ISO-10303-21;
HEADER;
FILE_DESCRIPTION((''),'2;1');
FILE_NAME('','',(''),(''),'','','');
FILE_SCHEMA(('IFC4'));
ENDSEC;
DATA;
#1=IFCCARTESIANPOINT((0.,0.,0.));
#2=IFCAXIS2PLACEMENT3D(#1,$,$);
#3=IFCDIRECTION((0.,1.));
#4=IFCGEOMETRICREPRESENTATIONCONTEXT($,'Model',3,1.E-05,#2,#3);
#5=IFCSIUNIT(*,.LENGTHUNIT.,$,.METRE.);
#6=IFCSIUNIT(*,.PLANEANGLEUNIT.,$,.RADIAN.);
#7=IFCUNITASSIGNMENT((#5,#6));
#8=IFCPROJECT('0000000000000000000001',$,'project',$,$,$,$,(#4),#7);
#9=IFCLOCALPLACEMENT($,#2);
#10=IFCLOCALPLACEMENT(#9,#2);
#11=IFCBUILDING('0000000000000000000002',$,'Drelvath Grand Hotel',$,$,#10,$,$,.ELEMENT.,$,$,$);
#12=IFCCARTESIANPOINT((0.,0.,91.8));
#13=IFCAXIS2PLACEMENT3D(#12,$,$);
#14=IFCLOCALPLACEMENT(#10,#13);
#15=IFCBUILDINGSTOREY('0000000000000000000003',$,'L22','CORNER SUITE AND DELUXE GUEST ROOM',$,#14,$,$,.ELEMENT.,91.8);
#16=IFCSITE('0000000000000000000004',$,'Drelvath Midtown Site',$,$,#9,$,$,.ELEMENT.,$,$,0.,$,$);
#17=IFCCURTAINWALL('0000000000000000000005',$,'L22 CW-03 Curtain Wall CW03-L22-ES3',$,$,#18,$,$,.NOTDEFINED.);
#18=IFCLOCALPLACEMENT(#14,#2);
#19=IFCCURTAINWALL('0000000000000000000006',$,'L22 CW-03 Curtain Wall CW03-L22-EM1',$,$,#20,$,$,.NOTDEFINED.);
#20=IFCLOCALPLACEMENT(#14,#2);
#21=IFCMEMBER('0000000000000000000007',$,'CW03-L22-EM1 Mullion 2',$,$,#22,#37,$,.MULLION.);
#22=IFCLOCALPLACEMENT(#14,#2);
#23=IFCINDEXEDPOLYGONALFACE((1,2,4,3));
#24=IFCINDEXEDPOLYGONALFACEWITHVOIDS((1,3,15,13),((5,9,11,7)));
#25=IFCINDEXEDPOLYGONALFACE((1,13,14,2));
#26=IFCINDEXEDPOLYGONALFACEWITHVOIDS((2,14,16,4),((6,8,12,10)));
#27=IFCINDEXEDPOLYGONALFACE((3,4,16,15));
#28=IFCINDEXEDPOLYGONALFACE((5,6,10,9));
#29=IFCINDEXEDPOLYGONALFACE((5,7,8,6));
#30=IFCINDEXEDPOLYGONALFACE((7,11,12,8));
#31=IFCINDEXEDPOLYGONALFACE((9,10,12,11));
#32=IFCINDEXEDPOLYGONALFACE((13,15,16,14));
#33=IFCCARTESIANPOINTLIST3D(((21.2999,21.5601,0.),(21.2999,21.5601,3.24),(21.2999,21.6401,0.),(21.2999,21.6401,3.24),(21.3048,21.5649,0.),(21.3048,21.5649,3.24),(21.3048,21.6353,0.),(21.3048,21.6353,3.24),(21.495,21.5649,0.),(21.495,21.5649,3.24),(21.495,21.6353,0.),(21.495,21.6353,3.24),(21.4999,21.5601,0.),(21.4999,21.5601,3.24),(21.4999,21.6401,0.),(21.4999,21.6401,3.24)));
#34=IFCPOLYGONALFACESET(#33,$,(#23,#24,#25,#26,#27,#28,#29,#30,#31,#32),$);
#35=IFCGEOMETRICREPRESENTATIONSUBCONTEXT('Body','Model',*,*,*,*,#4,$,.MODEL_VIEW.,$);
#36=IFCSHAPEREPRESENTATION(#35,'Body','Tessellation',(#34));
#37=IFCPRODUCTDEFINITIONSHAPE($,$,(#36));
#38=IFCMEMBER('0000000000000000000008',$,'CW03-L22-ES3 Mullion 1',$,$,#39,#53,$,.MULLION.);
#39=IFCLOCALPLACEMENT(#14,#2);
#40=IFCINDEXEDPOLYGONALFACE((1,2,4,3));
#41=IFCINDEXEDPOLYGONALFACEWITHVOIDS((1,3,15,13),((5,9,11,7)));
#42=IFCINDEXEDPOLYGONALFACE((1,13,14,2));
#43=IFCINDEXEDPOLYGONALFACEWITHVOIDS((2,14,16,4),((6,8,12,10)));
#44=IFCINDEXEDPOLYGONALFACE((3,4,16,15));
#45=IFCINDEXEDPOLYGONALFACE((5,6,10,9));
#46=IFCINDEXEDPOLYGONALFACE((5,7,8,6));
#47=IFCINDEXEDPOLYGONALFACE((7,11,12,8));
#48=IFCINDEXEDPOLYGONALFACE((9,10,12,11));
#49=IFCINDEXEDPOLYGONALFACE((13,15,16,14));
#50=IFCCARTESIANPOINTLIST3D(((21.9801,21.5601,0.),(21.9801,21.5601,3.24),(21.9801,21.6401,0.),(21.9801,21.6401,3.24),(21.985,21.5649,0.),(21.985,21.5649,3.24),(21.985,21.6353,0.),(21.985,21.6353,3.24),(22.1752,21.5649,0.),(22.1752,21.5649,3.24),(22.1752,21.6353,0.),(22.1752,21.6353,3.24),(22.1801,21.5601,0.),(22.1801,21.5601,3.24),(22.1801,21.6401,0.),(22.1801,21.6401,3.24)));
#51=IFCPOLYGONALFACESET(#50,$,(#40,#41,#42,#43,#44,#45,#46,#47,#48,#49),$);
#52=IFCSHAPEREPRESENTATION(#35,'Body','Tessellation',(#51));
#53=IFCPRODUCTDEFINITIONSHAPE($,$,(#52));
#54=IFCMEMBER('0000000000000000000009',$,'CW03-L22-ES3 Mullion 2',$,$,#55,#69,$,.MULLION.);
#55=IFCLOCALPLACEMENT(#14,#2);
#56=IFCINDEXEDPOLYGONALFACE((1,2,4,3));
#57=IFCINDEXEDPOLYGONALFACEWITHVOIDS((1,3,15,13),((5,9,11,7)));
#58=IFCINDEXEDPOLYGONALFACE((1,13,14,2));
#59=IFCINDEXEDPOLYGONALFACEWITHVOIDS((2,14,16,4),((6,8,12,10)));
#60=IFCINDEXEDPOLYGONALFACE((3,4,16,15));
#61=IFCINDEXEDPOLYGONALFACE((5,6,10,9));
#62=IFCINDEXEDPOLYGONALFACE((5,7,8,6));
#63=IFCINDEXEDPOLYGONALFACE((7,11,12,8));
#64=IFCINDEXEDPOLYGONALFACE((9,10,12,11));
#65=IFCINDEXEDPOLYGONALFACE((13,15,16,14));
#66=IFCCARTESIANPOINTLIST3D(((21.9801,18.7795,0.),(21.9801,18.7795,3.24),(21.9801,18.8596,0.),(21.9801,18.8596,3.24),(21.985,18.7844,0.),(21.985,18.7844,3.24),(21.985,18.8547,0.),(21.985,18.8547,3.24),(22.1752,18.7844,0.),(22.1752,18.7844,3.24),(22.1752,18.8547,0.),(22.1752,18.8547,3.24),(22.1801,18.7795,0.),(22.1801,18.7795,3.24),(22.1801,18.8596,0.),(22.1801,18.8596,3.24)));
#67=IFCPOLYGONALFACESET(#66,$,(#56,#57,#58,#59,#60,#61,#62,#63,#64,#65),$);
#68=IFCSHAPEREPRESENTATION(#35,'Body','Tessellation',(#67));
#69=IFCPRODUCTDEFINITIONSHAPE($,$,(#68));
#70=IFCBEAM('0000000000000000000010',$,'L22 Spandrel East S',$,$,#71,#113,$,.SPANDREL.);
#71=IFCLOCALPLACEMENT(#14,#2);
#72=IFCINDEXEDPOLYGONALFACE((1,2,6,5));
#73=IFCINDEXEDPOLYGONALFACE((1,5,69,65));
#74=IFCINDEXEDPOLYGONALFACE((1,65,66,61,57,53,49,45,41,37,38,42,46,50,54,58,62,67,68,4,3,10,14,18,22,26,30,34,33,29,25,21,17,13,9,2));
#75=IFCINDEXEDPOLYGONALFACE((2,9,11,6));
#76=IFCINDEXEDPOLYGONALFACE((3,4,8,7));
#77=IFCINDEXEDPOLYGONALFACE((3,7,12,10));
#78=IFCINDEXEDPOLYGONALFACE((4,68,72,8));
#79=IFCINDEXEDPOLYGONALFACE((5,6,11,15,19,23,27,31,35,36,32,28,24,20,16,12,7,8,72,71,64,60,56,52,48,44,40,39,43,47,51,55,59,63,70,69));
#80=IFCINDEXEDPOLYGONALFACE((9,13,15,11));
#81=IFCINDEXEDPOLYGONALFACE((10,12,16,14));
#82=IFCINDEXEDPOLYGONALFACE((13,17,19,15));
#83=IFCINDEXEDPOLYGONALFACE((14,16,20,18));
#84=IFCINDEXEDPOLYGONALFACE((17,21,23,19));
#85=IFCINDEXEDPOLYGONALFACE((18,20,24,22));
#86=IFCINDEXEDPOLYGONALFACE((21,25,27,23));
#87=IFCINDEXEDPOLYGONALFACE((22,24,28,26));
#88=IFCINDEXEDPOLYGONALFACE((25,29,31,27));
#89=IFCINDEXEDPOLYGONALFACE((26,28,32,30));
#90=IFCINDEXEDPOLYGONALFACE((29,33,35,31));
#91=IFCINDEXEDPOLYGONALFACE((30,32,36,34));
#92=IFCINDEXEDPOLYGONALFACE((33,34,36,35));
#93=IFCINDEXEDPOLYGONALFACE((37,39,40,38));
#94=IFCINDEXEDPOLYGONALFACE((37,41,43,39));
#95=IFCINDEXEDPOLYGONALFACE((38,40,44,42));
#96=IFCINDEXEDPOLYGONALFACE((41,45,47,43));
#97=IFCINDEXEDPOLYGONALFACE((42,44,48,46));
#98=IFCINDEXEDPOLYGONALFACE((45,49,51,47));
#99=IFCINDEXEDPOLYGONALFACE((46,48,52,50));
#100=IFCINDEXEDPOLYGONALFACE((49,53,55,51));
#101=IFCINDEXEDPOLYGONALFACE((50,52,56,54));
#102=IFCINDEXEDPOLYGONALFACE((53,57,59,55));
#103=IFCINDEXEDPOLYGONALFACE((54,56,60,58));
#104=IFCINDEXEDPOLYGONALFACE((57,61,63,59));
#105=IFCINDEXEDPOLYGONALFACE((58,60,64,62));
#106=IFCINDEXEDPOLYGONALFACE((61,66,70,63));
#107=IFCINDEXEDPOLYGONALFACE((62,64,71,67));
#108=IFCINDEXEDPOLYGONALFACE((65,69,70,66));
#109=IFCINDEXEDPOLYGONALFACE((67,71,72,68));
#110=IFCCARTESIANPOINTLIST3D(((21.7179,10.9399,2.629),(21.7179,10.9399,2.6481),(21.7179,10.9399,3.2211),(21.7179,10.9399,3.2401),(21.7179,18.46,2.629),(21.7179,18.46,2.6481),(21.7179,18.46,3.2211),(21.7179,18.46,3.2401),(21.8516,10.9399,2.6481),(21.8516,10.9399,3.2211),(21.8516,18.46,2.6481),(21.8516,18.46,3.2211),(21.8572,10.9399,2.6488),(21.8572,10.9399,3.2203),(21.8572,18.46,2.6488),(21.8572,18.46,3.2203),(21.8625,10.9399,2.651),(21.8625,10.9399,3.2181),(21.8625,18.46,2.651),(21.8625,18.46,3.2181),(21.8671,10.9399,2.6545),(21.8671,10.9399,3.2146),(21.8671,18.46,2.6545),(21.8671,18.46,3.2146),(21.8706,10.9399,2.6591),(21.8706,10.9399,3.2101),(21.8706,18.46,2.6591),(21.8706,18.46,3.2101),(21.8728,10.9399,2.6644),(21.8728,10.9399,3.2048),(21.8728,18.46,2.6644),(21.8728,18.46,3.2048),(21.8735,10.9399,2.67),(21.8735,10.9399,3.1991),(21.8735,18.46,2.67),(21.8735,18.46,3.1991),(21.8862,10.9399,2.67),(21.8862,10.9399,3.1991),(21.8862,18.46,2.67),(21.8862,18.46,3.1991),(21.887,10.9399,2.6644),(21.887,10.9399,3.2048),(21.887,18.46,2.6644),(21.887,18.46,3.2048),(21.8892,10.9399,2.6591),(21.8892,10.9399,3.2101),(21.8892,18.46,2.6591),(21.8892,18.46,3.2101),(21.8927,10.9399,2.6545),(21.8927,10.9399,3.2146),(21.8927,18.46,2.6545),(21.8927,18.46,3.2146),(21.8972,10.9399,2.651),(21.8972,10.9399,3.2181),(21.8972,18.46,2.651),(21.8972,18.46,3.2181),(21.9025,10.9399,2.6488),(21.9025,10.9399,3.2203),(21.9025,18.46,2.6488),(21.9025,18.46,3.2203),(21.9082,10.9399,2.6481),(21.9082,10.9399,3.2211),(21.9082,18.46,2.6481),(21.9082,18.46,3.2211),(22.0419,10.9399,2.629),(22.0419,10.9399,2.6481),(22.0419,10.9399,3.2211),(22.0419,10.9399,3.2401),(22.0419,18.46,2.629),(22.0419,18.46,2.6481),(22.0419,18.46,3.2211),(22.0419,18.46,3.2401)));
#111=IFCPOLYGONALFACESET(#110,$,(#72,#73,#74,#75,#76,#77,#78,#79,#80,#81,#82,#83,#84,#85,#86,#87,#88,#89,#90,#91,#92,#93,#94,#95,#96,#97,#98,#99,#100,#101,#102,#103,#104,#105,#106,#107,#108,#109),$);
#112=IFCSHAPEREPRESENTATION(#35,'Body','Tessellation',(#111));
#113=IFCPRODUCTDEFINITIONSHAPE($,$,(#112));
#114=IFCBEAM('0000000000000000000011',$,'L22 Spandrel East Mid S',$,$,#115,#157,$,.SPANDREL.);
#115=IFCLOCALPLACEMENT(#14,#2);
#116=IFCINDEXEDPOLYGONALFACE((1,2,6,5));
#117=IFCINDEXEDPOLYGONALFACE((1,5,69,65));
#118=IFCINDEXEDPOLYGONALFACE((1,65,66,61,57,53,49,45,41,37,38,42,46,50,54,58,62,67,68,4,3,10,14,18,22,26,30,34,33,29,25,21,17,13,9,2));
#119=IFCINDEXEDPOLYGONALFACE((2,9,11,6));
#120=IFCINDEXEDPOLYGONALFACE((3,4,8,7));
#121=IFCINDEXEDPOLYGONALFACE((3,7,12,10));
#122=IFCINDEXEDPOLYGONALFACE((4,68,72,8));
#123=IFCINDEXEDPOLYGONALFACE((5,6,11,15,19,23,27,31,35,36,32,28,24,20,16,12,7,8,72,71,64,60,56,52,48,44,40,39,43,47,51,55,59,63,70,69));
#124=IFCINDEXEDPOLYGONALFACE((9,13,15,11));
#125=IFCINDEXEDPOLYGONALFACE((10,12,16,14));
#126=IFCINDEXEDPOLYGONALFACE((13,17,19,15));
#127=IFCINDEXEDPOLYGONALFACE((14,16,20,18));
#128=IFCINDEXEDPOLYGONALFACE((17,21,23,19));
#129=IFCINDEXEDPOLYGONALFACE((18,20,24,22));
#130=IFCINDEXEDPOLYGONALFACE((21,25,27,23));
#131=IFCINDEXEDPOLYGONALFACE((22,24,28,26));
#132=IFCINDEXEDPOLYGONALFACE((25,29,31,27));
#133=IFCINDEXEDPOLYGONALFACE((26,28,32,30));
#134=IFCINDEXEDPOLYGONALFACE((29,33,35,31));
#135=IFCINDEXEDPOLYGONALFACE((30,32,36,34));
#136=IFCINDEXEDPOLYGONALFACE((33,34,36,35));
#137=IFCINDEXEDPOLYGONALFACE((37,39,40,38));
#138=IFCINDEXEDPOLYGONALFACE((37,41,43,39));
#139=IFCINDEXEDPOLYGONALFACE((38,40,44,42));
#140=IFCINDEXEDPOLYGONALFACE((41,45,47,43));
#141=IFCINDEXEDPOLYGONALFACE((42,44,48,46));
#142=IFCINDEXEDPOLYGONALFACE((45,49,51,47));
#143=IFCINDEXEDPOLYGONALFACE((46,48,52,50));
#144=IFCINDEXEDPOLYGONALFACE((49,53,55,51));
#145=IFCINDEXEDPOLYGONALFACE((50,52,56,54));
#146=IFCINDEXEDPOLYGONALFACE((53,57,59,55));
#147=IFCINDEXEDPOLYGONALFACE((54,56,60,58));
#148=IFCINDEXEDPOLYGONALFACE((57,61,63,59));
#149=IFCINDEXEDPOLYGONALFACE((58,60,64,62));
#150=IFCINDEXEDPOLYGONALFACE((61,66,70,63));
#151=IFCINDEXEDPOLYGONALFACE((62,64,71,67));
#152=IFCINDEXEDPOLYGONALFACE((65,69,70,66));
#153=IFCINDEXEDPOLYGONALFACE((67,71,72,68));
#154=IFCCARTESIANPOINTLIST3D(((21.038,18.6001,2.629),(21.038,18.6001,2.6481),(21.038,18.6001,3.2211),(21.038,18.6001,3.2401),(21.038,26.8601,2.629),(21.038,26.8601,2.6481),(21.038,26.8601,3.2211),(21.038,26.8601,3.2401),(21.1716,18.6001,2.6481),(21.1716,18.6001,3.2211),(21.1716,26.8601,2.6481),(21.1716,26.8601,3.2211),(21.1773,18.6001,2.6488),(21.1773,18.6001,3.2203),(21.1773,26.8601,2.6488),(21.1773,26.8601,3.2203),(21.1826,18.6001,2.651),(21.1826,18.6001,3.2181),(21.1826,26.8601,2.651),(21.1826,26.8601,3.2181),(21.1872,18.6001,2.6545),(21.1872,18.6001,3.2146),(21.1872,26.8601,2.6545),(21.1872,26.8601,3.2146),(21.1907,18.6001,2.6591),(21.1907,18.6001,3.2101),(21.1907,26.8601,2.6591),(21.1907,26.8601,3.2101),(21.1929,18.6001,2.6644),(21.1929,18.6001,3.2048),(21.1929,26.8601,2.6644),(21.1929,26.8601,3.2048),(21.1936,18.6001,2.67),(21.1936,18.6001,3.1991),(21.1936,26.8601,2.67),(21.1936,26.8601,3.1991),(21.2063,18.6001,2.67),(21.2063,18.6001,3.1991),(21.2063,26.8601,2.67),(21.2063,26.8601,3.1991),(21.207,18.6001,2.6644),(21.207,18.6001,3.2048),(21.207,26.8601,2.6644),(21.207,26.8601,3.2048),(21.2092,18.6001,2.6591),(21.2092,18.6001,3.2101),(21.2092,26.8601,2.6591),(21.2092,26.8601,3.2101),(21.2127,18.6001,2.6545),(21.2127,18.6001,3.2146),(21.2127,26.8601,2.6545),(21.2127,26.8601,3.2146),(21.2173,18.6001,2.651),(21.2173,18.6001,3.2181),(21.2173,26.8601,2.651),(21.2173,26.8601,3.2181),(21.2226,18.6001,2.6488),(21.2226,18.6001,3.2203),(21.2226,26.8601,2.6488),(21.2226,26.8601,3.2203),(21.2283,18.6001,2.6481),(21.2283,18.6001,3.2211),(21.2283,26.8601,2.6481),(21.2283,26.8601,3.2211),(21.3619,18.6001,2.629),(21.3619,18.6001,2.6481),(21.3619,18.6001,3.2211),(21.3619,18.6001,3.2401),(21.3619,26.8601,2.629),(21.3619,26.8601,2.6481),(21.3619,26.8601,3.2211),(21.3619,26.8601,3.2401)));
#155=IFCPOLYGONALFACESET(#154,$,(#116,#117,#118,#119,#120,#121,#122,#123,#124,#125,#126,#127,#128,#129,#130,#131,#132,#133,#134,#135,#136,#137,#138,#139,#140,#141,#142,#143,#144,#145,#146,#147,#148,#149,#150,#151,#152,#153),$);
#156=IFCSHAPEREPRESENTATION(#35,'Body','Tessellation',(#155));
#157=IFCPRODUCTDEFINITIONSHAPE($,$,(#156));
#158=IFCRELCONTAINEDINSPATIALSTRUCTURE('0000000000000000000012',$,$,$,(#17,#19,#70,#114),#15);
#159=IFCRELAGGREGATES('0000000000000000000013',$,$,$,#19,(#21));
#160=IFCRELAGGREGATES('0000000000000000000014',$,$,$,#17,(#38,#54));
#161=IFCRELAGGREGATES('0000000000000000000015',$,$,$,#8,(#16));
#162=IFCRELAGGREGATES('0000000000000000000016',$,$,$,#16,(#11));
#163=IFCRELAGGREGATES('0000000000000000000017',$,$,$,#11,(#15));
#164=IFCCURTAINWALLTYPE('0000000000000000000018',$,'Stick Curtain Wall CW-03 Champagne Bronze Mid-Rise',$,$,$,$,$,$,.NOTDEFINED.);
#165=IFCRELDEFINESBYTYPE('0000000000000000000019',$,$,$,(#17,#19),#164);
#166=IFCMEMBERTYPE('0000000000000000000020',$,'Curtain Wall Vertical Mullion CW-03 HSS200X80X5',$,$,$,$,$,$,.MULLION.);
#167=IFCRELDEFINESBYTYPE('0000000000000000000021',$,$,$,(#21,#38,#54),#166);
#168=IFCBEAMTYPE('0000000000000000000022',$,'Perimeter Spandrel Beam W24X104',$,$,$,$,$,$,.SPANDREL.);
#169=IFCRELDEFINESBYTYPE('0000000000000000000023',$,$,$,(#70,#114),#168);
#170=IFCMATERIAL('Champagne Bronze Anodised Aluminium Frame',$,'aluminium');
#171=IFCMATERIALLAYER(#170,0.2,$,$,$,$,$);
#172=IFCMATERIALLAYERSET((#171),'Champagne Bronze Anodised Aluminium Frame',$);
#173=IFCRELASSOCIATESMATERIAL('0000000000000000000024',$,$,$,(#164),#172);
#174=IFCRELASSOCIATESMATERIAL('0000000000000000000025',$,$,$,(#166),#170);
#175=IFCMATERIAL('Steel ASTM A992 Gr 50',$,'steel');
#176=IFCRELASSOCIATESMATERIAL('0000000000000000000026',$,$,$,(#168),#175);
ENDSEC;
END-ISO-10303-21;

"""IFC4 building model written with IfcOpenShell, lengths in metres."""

from ifc_helpers import new_model, si_unit, direction, frame, origin, origin_2d, place, context, subcontext, project, spatial, hollow_rectangle, i_section, extrude, material, layer, layer_set, material_profile, profile_set, type_object, element, aggregate, save


model = new_model("IFC4")

# Units and contexts
model_context = context("Model", 3, precision=1e-05, world=origin(), true_north=direction((0.0, 1.0)))
body_context = subcontext(model_context, "Body", "Model", "MODEL_VIEW")
ifc_project = project(units=[si_unit("LENGTHUNIT", "METRE"), si_unit("PLANEANGLEUNIT", "RADIAN")], contexts=[model_context])

# Site, building, storey
site_placement = place(None, origin())
site = spatial("IfcSite", under=ifc_project, at=site_placement, Name="Drelvath Midtown Site", CompositionType="ELEMENT", RefElevation=0.0)
building_placement = place(site_placement, origin())
building = spatial("IfcBuilding", under=site, at=building_placement, Name="Drelvath Grand Hotel", CompositionType="ELEMENT")
storey_placement = place(building_placement, frame((0.0, 0.0, 91.8)))
storey = spatial("IfcBuildingStorey", under=building, at=storey_placement, Name="L22", Description="CORNER SUITE AND DELUXE GUEST ROOM", CompositionType="ELEMENT", Elevation=91.8)

# Shared definitions
ifc_material_1 = material(Name="Steel ASTM A992 Gr 50", Category="steel")

# Curtain walls, member
ifc_material_2 = material(Name="Champagne Bronze Anodised Aluminium Frame", Category="aluminium")
ifc_layer_1 = layer(ifc_material_2, 0.2)
ifc_layer_set_1 = layer_set([ifc_layer_1], Name="Champagne Bronze Anodised Aluminium Frame")
curtain_wall_type = type_object("IfcCurtainWallType", Name="Stick Curtain Wall CW-03 Champagne Bronze Mid-Rise", PredefinedType="NOTDEFINED", material=ifc_layer_set_1)
curtain_wall_1_placement = place(storey_placement, origin())
curtain_wall_1 = element("IfcCurtainWall", 1, at=curtain_wall_1_placement, inside=storey, type_object=curtain_wall_type, Name="L22 CW-03 Curtain Wall CW03-L22-ES3", PredefinedType="NOTDEFINED")
curtain_wall_2_placement = place(storey_placement, origin())
curtain_wall_2 = element("IfcCurtainWall", 2, at=curtain_wall_2_placement, inside=storey, type_object=curtain_wall_type, Name="L22 CW-03 Curtain Wall CW03-L22-EM1", PredefinedType="NOTDEFINED")
ifc_material_profile_1 = material_profile(ifc_material_2, hollow_rectangle(XDim=0.0801, YDim=0.2, WallThickness=0.0049, at=origin_2d()), Name="HSS200X80X5")
ifc_profile_set_1 = profile_set([ifc_material_profile_1], Name="Champagne Bronze Anodised Aluminium Frame")
member_type_1 = type_object("IfcMemberType", Name="Curtain Wall Vertical Mullion CW-03 HSS200X80X5", PredefinedType="MULLION", material=ifc_profile_set_1)
member_1_placement = place(storey_placement, frame((21.3999, 21.6001, 0.0), z_axis=(0.0, 0.0, 1.0), x_axis=(0.0, 1.0, 0.0)))
member_1 = element("IfcMember", 3, at=member_1_placement, type_object=member_type_1, Name="CW03-L22-EM1 Mullion 2", PredefinedType="MULLION", context=body_context, shape_type="SweptSolid", body=[
    extrude(hollow_rectangle(XDim=0.0801, YDim=0.2, WallThickness=0.0049, at=origin_2d()), origin(), (0.0, 0.0, 1.0), 3.24),
])

# Members
member_2_placement = place(storey_placement, frame((22.0801, 21.6001, 0.0), z_axis=(0.0, 0.0, 1.0), x_axis=(0.0, 1.0, 0.0)))
member_2 = element("IfcMember", 4, at=member_2_placement, type_object=member_type_1, Name="CW03-L22-ES3 Mullion 1", PredefinedType="MULLION", context=body_context, shape_type="SweptSolid", body=[
    extrude(hollow_rectangle(XDim=0.0801, YDim=0.2, WallThickness=0.0049, at=origin_2d()), origin(), (0.0, 0.0, 1.0), 3.24),
])
member_3_placement = place(storey_placement, frame((22.0801, 18.8196, 0.0), z_axis=(0.0, 0.0, 1.0), x_axis=(0.0, 1.0, 0.0)))
member_3 = element("IfcMember", 5, at=member_3_placement, type_object=member_type_1, Name="CW03-L22-ES3 Mullion 2", PredefinedType="MULLION", context=body_context, shape_type="SweptSolid", body=[
    extrude(hollow_rectangle(XDim=0.0801, YDim=0.2, WallThickness=0.0049, at=origin_2d()), origin(), (0.0, 0.0, 1.0), 3.24),
])

# Beams
ifc_material_profile_2 = material_profile(ifc_material_1, i_section(OverallWidth=0.324, OverallDepth=0.6111, WebThickness=0.0127, FlangeThickness=0.019, FilletRadius=0.022, at=origin_2d()), Name="W24X104")
ifc_profile_set_2 = profile_set([ifc_material_profile_2], Name="Steel ASTM A992 Gr 50")
beam_type_1 = type_object("IfcBeamType", Name="Perimeter Spandrel Beam W24X104", PredefinedType="SPANDREL", material=ifc_profile_set_2)
beam_1_placement = place(storey_placement, frame((21.8799, 10.9399, 2.9346), z_axis=(0.0, 1.0, 0.0), x_axis=(-1.0, 0.0, 0.0)))
element("IfcBeam", 6, at=beam_1_placement, inside=storey, type_object=beam_type_1, Name="L22 Spandrel East S", PredefinedType="SPANDREL", context=body_context, shape_type="SweptSolid", body=[
    extrude(i_section(OverallWidth=0.324, OverallDepth=0.6111, WebThickness=0.0127, FlangeThickness=0.019, FilletRadius=0.022, at=origin_2d()), origin(), (0.0, 0.0, 1.0), 7.52),
])
beam_2_placement = place(storey_placement, frame((21.2, 18.6001, 2.9346), z_axis=(0.0, 1.0, 0.0), x_axis=(-1.0, 0.0, 0.0)))
element("IfcBeam", 7, at=beam_2_placement, inside=storey, type_object=beam_type_1, Name="L22 Spandrel East Mid S", PredefinedType="SPANDREL", context=body_context, shape_type="SweptSolid", body=[
    extrude(i_section(OverallWidth=0.324, OverallDepth=0.6111, WebThickness=0.0127, FlangeThickness=0.019, FilletRadius=0.022, at=origin_2d()), origin(), (0.0, 0.0, 1.0), 8.26),
])

aggregate(curtain_wall_2, [member_1])
aggregate(curtain_wall_1, [member_2, member_3])

save(model, "model.ifc")
